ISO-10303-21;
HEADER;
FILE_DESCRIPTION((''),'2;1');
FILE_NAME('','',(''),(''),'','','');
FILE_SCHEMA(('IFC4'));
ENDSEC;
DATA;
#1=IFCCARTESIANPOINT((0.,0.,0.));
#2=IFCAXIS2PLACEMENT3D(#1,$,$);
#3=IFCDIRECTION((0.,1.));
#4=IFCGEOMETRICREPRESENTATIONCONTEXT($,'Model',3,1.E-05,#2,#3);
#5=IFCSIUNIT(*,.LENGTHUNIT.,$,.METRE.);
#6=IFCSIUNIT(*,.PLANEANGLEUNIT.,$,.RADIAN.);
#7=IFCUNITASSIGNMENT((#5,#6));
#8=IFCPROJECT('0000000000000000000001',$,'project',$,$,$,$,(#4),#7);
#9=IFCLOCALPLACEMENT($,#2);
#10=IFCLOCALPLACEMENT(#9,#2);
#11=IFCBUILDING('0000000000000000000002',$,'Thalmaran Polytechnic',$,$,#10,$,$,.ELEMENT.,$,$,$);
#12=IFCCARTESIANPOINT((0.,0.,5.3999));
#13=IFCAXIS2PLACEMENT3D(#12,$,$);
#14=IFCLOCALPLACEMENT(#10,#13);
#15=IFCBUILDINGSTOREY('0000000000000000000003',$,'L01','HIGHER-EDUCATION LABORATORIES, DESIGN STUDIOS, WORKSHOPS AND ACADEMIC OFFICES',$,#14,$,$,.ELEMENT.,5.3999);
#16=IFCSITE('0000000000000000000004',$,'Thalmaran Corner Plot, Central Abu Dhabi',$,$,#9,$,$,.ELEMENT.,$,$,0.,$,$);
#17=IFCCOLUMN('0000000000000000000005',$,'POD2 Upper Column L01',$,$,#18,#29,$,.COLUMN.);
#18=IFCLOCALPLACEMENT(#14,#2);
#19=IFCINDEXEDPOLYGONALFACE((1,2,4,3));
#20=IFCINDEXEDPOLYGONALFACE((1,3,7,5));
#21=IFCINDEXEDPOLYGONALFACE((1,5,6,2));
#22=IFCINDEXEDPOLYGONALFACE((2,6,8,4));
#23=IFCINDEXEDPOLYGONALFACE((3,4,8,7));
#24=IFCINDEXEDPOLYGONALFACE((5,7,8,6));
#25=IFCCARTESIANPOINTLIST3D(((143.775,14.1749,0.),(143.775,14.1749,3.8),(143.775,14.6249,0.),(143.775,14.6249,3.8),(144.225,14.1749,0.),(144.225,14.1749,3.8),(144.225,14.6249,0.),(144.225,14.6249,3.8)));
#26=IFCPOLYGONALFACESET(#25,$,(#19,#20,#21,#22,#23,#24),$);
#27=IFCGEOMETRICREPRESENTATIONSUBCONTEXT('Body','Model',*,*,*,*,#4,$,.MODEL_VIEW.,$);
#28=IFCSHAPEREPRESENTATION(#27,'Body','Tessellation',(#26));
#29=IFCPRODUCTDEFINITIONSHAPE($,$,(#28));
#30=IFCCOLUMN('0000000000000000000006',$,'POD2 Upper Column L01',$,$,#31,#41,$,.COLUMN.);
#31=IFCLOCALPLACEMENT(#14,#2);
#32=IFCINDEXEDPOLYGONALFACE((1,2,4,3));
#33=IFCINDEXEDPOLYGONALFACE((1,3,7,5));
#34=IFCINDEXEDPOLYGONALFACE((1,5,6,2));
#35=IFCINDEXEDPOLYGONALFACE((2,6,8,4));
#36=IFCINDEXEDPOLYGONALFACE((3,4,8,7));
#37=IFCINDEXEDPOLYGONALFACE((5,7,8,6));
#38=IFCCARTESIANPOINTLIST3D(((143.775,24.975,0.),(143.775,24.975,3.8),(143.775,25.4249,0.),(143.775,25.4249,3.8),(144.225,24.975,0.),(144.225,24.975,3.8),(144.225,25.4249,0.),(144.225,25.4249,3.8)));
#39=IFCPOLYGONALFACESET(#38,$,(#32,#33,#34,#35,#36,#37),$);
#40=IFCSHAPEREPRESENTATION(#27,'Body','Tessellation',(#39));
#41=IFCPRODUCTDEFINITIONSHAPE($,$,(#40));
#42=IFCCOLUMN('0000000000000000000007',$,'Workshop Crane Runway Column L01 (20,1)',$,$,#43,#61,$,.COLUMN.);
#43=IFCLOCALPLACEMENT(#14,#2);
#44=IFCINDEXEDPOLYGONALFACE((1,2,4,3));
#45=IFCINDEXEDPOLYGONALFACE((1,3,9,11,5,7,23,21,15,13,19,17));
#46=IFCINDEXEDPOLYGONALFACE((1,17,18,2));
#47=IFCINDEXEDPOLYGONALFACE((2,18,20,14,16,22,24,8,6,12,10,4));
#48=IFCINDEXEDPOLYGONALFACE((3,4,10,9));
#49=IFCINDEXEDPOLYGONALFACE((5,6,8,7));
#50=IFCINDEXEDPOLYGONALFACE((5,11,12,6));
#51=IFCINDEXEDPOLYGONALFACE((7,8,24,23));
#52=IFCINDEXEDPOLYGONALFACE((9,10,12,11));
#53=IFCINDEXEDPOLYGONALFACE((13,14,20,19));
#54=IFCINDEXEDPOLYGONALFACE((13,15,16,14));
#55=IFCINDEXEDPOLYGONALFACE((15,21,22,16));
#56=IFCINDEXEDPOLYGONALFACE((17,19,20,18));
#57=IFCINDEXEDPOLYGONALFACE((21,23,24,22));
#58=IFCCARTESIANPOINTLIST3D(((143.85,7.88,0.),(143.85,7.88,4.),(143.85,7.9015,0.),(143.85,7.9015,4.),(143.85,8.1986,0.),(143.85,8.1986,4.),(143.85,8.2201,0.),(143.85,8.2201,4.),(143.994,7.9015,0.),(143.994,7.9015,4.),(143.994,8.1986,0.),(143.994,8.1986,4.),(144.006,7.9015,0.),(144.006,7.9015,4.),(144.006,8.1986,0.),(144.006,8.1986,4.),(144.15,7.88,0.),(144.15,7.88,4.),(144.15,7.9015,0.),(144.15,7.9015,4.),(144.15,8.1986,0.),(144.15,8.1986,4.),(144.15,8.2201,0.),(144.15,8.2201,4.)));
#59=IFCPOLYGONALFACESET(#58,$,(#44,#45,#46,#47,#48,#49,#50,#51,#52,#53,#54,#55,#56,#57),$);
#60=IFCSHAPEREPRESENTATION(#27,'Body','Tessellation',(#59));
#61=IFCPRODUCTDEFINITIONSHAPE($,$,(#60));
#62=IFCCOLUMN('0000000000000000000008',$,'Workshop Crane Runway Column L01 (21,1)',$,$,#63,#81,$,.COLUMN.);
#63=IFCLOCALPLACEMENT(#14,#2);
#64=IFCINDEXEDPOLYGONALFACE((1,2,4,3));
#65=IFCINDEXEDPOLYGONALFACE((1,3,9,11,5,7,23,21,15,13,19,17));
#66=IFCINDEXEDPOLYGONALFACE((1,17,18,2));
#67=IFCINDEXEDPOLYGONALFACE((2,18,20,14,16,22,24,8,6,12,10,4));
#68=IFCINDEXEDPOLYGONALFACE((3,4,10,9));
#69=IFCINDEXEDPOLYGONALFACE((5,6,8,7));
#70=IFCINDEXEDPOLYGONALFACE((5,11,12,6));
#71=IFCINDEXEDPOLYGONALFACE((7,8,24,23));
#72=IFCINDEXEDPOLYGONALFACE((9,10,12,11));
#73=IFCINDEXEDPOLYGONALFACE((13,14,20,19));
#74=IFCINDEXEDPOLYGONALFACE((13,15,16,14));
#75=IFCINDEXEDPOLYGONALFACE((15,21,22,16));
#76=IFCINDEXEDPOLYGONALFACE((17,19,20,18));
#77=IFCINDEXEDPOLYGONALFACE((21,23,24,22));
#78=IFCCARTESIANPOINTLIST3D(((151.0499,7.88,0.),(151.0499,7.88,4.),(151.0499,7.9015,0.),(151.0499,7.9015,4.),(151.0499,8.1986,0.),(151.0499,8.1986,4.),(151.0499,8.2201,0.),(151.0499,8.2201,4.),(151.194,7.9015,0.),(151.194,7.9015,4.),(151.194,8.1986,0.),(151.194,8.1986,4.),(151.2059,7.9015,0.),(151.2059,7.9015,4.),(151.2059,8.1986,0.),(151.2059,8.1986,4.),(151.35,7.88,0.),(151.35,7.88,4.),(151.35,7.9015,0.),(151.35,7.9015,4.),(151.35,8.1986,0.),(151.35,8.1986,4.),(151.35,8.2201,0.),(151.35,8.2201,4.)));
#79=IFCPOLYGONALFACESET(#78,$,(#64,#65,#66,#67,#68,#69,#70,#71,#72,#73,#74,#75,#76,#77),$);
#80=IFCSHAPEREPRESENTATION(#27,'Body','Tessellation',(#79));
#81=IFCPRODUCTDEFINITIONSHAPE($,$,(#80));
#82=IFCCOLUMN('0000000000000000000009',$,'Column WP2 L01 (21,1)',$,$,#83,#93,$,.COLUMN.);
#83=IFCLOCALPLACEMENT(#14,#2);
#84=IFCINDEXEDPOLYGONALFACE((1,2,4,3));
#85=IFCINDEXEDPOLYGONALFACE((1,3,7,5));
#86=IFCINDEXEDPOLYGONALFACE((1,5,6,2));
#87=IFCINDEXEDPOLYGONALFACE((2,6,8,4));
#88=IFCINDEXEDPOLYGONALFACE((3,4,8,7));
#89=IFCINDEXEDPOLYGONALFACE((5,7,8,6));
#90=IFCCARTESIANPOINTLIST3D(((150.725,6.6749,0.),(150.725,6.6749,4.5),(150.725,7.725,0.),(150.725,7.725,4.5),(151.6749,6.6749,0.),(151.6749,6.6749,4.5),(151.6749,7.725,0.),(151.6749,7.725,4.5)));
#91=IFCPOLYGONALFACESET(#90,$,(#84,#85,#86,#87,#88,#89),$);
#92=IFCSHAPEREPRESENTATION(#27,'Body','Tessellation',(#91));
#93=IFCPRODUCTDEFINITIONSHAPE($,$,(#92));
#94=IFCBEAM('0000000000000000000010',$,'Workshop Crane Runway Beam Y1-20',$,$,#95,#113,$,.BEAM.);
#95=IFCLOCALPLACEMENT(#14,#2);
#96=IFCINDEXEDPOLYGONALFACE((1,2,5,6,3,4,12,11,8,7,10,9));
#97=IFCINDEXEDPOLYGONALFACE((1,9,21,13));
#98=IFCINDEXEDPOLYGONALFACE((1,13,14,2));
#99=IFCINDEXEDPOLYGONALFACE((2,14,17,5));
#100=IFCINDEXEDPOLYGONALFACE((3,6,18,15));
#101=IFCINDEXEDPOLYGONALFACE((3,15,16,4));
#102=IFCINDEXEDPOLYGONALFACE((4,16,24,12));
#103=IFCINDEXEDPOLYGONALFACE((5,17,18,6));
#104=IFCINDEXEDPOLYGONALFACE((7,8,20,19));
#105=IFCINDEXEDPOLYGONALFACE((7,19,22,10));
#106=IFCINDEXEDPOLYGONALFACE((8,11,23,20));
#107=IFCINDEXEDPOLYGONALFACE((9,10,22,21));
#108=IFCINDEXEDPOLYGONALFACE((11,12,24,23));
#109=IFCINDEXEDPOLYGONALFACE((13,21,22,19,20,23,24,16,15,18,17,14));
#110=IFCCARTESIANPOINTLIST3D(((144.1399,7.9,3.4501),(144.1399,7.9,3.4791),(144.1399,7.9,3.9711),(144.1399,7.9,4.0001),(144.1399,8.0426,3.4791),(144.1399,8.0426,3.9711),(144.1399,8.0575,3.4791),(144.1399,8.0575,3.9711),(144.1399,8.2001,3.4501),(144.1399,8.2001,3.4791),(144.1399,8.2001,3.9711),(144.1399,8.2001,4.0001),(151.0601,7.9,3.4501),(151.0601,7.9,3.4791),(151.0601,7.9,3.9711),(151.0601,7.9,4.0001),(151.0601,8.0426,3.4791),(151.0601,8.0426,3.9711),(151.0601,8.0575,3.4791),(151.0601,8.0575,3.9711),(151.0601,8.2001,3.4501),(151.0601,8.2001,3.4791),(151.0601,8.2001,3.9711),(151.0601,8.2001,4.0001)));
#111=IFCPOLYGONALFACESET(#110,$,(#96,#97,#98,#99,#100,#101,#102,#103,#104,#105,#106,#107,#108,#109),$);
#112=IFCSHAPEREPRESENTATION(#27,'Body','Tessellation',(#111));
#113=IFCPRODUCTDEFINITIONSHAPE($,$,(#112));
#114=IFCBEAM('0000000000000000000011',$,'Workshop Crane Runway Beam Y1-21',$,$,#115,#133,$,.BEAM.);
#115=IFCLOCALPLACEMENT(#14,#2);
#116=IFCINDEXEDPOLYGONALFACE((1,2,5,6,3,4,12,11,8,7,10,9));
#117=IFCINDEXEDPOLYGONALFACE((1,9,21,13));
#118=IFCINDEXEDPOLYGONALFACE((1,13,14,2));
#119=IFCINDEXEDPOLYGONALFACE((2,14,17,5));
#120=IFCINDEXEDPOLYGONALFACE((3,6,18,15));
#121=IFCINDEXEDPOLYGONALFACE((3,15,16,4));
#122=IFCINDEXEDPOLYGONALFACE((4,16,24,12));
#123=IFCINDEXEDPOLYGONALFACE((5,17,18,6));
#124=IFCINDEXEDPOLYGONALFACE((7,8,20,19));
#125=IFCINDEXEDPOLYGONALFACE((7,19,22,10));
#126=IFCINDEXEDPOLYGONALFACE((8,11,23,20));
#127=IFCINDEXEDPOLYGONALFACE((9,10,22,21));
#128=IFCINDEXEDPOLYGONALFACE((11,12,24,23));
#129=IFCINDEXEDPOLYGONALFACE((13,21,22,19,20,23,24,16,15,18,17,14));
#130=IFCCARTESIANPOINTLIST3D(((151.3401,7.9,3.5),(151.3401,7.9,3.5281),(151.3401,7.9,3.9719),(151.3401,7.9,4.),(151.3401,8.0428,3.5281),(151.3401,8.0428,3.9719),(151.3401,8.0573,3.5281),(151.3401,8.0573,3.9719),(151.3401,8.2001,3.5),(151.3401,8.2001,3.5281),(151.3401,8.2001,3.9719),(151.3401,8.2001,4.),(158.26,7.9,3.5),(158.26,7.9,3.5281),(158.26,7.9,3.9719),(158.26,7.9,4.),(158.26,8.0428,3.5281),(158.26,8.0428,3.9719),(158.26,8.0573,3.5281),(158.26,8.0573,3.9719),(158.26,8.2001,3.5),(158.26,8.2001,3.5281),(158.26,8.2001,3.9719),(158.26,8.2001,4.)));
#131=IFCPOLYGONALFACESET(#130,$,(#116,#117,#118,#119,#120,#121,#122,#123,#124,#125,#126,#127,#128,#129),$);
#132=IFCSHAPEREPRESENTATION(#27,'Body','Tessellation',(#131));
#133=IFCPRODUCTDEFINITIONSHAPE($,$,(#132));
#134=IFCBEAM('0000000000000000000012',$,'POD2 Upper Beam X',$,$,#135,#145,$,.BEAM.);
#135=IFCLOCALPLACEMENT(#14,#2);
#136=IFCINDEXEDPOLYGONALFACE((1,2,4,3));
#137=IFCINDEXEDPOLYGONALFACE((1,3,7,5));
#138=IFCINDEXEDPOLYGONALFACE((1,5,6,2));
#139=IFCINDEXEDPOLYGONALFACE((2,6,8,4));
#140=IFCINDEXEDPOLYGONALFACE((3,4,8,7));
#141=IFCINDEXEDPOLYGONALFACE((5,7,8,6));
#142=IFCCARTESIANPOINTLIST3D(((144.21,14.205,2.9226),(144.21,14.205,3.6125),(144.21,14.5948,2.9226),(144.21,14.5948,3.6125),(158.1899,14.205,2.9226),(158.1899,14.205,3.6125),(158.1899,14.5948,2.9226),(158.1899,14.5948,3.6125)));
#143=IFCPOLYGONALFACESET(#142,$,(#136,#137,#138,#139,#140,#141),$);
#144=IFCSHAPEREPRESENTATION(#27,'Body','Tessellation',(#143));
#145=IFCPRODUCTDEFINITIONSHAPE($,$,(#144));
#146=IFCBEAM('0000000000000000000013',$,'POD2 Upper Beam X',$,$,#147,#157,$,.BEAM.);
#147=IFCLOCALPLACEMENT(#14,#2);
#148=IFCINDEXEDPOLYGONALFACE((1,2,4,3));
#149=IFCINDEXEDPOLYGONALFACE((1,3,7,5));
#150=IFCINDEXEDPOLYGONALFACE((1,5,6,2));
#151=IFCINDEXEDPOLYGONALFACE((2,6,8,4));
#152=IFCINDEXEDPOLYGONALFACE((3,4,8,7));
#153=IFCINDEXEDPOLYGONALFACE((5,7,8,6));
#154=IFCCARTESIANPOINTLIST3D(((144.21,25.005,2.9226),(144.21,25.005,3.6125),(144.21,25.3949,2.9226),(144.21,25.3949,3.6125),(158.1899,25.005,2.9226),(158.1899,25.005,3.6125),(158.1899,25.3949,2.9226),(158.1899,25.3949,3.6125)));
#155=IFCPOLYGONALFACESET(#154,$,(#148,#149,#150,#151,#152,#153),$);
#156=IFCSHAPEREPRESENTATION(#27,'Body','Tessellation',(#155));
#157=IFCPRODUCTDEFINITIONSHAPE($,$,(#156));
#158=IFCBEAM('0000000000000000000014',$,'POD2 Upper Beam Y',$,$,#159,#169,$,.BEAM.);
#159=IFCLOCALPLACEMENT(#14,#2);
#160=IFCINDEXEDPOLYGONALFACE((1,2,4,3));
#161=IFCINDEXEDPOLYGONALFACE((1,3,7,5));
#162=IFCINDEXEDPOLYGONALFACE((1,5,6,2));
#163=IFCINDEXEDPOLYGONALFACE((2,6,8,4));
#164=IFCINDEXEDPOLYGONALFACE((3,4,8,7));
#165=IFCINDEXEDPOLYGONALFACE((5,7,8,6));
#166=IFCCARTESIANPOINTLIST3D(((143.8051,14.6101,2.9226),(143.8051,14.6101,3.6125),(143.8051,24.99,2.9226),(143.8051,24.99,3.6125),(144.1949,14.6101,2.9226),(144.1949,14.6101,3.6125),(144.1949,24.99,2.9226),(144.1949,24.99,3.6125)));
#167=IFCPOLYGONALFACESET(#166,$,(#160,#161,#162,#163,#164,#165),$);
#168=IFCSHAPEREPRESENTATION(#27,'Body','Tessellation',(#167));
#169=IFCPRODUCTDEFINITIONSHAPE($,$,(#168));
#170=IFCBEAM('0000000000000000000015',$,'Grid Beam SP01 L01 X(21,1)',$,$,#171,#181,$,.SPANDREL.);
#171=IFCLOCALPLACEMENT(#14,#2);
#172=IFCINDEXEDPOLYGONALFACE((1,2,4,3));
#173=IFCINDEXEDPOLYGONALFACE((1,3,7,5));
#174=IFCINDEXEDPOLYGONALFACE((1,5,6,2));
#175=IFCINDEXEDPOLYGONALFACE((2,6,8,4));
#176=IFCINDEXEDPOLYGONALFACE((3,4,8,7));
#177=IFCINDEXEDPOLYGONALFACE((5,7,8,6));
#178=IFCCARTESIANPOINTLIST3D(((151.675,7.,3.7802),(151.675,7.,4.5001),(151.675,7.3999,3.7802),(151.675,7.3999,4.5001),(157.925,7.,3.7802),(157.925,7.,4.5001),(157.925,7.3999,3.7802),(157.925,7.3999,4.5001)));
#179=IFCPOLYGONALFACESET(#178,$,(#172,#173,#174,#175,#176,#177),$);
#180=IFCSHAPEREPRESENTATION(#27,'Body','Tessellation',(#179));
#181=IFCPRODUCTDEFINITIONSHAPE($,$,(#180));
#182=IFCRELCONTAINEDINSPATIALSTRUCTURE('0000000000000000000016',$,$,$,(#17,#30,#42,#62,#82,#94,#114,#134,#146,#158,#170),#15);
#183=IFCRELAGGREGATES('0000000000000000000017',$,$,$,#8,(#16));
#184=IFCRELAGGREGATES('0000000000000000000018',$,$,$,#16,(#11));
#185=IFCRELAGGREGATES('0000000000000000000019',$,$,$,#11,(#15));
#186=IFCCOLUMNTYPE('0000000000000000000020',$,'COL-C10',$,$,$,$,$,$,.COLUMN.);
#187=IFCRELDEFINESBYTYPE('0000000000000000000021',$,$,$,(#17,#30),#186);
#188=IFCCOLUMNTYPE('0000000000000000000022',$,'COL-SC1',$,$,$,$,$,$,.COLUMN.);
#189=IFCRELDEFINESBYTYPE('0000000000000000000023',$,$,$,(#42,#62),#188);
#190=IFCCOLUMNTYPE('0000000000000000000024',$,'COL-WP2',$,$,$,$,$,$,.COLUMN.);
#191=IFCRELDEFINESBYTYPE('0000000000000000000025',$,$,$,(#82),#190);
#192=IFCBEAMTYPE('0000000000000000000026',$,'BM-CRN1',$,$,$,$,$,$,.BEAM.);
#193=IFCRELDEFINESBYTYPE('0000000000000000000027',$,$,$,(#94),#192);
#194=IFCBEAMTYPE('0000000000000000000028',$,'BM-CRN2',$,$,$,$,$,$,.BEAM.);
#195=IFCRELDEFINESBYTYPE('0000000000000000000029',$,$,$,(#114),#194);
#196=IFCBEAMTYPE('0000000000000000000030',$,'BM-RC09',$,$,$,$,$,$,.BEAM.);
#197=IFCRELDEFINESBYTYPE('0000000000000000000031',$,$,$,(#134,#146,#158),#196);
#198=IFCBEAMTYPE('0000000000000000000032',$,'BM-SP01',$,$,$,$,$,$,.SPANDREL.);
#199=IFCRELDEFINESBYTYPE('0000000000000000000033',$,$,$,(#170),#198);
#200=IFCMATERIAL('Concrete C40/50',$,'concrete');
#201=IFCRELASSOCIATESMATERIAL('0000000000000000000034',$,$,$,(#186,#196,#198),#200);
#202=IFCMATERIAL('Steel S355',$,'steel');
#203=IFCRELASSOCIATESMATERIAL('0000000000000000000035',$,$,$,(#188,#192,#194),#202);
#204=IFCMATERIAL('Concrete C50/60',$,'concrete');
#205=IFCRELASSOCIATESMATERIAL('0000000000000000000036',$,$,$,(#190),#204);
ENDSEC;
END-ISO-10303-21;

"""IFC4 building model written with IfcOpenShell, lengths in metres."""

from ifc_helpers import new_model, si_unit, direction, frame, origin, origin_2d, place, context, subcontext, project, spatial, rectangle, i_section, extrude, material, material_profile, profile_set, type_object, element, save


model = new_model("IFC4")

# Units and contexts
model_context = context("Model", 3, precision=1e-05, world=origin(), true_north=direction((0.0, 1.0)))
body_context = subcontext(model_context, "Body", "Model", "MODEL_VIEW")
ifc_project = project(units=[si_unit("LENGTHUNIT", "METRE"), si_unit("PLANEANGLEUNIT", "RADIAN")], contexts=[model_context])

# Site, building, storey
site_placement = place(None, origin())
site = spatial("IfcSite", under=ifc_project, at=site_placement, Name="Thalmaran Corner Plot, Central Abu Dhabi", CompositionType="ELEMENT", RefElevation=0.0)
building_placement = place(site_placement, origin())
building = spatial("IfcBuilding", under=site, at=building_placement, Name="Thalmaran Polytechnic", CompositionType="ELEMENT")
storey_placement = place(building_placement, frame((0.0, 0.0, 5.3999)))
storey = spatial("IfcBuildingStorey", under=building, at=storey_placement, Name="L01", Description="HIGHER-EDUCATION LABORATORIES, DESIGN STUDIOS, WORKSHOPS AND ACADEMIC OFFICES", CompositionType="ELEMENT", Elevation=5.3999)

# Columns
ifc_material_1 = material(Name="Concrete C40/50", Category="concrete")
ifc_material_profile_1 = material_profile(ifc_material_1, rectangle(XDim=0.45, YDim=0.45, at=origin_2d()), Name="RC 450x450")
ifc_profile_set_1 = profile_set([ifc_material_profile_1], Name="Concrete C40/50")
column_type_1 = type_object("IfcColumnType", Name="COL-C10", PredefinedType="COLUMN", material=ifc_profile_set_1)
for number, where, z_axis, x_axis, name in (
    (1, (144.0, 14.3999, 0.0), (0.0, 0.0, 1.0), (1.0, 0.0, 0.0), "POD2 Upper Column L01"),
    (2, (144.0, 25.2, 0.0), (0.0, 0.0, 1.0), (1.0, 0.0, 0.0), "POD2 Upper Column L01"),
):
    element("IfcColumn", number, at=place(storey_placement, frame(where, z_axis=z_axis, x_axis=x_axis)), inside=storey, type_object=column_type_1, Name=name, PredefinedType="COLUMN", context=body_context, shape_type="SweptSolid", body=[
        extrude(rectangle(XDim=0.45, YDim=0.45, at=origin_2d()), origin(), (0.0, 0.0, 1.0), 3.8),
    ])
ifc_material_2 = material(Name="Steel S355", Category="steel")
ifc_material_profile_2 = material_profile(ifc_material_2, i_section(OverallWidth=0.3, OverallDepth=0.3401, WebThickness=0.012, FlangeThickness=0.0215, at=origin_2d()), Name="HEB 340")
ifc_profile_set_2 = profile_set([ifc_material_profile_2], Name="Steel S355")
column_type_2 = type_object("IfcColumnType", Name="COL-SC1", PredefinedType="COLUMN", material=ifc_profile_set_2)
for number, where, z_axis, x_axis, name in (
    (3, (144.0, 8.05, 0.0), (0.0, 0.0, 1.0), (1.0, 0.0, 0.0), "Workshop Crane Runway Column L01 (20,1)"),
    (4, (151.2, 8.05, 0.0), (0.0, 0.0, 1.0), (1.0, 0.0, 0.0), "Workshop Crane Runway Column L01 (21,1)"),
):
    element("IfcColumn", number, at=place(storey_placement, frame(where, z_axis=z_axis, x_axis=x_axis)), inside=storey, type_object=column_type_2, Name=name, PredefinedType="COLUMN", context=body_context, shape_type="SweptSolid", body=[
        extrude(i_section(OverallWidth=0.3, OverallDepth=0.3401, WebThickness=0.012, FlangeThickness=0.0215, at=origin_2d()), origin(), (0.0, 0.0, 1.0), 4.0),
    ])
ifc_material_3 = material(Name="Concrete C50/60", Category="concrete")
ifc_material_profile_3 = material_profile(ifc_material_3, rectangle(XDim=0.95, YDim=1.05, at=origin_2d()), Name="RC 950x1050")
ifc_profile_set_3 = profile_set([ifc_material_profile_3], Name="Concrete C50/60")
column_type_3 = type_object("IfcColumnType", Name="COL-WP2", PredefinedType="COLUMN", material=ifc_profile_set_3)
column_placement = place(storey_placement, frame((151.2, 7.2, 0.0), z_axis=(0.0, 0.0, 1.0), x_axis=(1.0, 0.0, 0.0)))
element("IfcColumn", 5, at=column_placement, inside=storey, type_object=column_type_3, Name="Column WP2 L01 (21,1)", PredefinedType="COLUMN", context=body_context, shape_type="SweptSolid", body=[
    extrude(rectangle(XDim=0.95, YDim=1.05, at=origin_2d()), origin(), (0.0, 0.0, 1.0), 4.5),
])

# Beams
ifc_material_profile_4 = material_profile(ifc_material_2, i_section(OverallWidth=0.3, OverallDepth=0.55, WebThickness=0.0149, FlangeThickness=0.0291, at=origin_2d()), Name="HEB 550")
ifc_profile_set_4 = profile_set([ifc_material_profile_4], Name="Steel S355")
beam_type_1 = type_object("IfcBeamType", Name="BM-CRN1", PredefinedType="BEAM", material=ifc_profile_set_4)
beam_1_placement = place(storey_placement, frame((144.1399, 8.05, 3.7251), z_axis=(1.0, 0.0, 0.0), x_axis=(0.0, 1.0, 0.0)))
element("IfcBeam", 6, at=beam_1_placement, inside=storey, type_object=beam_type_1, Name="Workshop Crane Runway Beam Y1-20", PredefinedType="BEAM", context=body_context, shape_type="SweptSolid", body=[
    extrude(i_section(OverallWidth=0.3, OverallDepth=0.55, WebThickness=0.0149, FlangeThickness=0.0291, at=origin_2d()), origin(), (0.0, 0.0, 1.0), 6.9202),
])
ifc_material_profile_5 = material_profile(ifc_material_2, i_section(OverallWidth=0.3, OverallDepth=0.5, WebThickness=0.0144, FlangeThickness=0.0281, at=origin_2d()), Name="HEB 500")
ifc_profile_set_5 = profile_set([ifc_material_profile_5], Name="Steel S355")
beam_type_2 = type_object("IfcBeamType", Name="BM-CRN2", PredefinedType="BEAM", material=ifc_profile_set_5)
beam_2_placement = place(storey_placement, frame((151.3401, 8.05, 3.75), z_axis=(1.0, 0.0, 0.0), x_axis=(0.0, 1.0, 0.0)))
element("IfcBeam", 7, at=beam_2_placement, inside=storey, type_object=beam_type_2, Name="Workshop Crane Runway Beam Y1-21", PredefinedType="BEAM", context=body_context, shape_type="SweptSolid", body=[
    extrude(i_section(OverallWidth=0.3, OverallDepth=0.5, WebThickness=0.0144, FlangeThickness=0.0281, at=origin_2d()), origin(), (0.0, 0.0, 1.0), 6.9199),
])
ifc_material_profile_6 = material_profile(ifc_material_1, rectangle(XDim=0.3899, YDim=0.6899, at=origin_2d()), Name="RC 390x690")
ifc_profile_set_6 = profile_set([ifc_material_profile_6], Name="Concrete C40/50")
beam_type_3 = type_object("IfcBeamType", Name="BM-RC09", PredefinedType="BEAM", material=ifc_profile_set_6)
for number, where, z_axis, x_axis, name in (
    (8, (144.21, 14.3999, 3.2676), (1.0, 0.0, 0.0), (0.0, 1.0, 0.0), "POD2 Upper Beam X"),
    (9, (144.21, 25.2, 3.2676), (1.0, 0.0, 0.0), (0.0, 1.0, 0.0), "POD2 Upper Beam X"),
):
    element("IfcBeam", number, at=place(storey_placement, frame(where, z_axis=z_axis, x_axis=x_axis)), inside=storey, type_object=beam_type_3, Name=name, PredefinedType="BEAM", context=body_context, shape_type="SweptSolid", body=[
        extrude(rectangle(XDim=0.3899, YDim=0.6899, at=origin_2d()), origin(), (0.0, 0.0, 1.0), 13.98),
    ])
beam_3_placement = place(storey_placement, frame((144.0, 14.6101, 3.2676), z_axis=(0.0, 1.0, 0.0), x_axis=(-1.0, 0.0, 0.0)))
element("IfcBeam", 10, at=beam_3_placement, inside=storey, type_object=beam_type_3, Name="POD2 Upper Beam Y", PredefinedType="BEAM", context=body_context, shape_type="SweptSolid", body=[
    extrude(rectangle(XDim=0.3899, YDim=0.6899, at=origin_2d()), origin(), (0.0, 0.0, 1.0), 10.3799),
])
ifc_material_profile_7 = material_profile(ifc_material_1, rectangle(XDim=0.3999, YDim=0.72, at=origin_2d()), Name="RC 400x720")
ifc_profile_set_7 = profile_set([ifc_material_profile_7], Name="Concrete C40/50")
beam_type_4 = type_object("IfcBeamType", Name="BM-SP01", PredefinedType="SPANDREL", material=ifc_profile_set_7)
beam_4_placement = place(storey_placement, frame((151.675, 7.2, 4.1401), z_axis=(1.0, 0.0, 0.0), x_axis=(0.0, 1.0, 0.0)))
element("IfcBeam", 11, at=beam_4_placement, inside=storey, type_object=beam_type_4, Name="Grid Beam SP01 L01 X(21,1)", PredefinedType="SPANDREL", context=body_context, shape_type="SweptSolid", body=[
    extrude(rectangle(XDim=0.3999, YDim=0.72, at=origin_2d()), origin(), (0.0, 0.0, 1.0), 6.25),
])

save(model, "model.ifc")
